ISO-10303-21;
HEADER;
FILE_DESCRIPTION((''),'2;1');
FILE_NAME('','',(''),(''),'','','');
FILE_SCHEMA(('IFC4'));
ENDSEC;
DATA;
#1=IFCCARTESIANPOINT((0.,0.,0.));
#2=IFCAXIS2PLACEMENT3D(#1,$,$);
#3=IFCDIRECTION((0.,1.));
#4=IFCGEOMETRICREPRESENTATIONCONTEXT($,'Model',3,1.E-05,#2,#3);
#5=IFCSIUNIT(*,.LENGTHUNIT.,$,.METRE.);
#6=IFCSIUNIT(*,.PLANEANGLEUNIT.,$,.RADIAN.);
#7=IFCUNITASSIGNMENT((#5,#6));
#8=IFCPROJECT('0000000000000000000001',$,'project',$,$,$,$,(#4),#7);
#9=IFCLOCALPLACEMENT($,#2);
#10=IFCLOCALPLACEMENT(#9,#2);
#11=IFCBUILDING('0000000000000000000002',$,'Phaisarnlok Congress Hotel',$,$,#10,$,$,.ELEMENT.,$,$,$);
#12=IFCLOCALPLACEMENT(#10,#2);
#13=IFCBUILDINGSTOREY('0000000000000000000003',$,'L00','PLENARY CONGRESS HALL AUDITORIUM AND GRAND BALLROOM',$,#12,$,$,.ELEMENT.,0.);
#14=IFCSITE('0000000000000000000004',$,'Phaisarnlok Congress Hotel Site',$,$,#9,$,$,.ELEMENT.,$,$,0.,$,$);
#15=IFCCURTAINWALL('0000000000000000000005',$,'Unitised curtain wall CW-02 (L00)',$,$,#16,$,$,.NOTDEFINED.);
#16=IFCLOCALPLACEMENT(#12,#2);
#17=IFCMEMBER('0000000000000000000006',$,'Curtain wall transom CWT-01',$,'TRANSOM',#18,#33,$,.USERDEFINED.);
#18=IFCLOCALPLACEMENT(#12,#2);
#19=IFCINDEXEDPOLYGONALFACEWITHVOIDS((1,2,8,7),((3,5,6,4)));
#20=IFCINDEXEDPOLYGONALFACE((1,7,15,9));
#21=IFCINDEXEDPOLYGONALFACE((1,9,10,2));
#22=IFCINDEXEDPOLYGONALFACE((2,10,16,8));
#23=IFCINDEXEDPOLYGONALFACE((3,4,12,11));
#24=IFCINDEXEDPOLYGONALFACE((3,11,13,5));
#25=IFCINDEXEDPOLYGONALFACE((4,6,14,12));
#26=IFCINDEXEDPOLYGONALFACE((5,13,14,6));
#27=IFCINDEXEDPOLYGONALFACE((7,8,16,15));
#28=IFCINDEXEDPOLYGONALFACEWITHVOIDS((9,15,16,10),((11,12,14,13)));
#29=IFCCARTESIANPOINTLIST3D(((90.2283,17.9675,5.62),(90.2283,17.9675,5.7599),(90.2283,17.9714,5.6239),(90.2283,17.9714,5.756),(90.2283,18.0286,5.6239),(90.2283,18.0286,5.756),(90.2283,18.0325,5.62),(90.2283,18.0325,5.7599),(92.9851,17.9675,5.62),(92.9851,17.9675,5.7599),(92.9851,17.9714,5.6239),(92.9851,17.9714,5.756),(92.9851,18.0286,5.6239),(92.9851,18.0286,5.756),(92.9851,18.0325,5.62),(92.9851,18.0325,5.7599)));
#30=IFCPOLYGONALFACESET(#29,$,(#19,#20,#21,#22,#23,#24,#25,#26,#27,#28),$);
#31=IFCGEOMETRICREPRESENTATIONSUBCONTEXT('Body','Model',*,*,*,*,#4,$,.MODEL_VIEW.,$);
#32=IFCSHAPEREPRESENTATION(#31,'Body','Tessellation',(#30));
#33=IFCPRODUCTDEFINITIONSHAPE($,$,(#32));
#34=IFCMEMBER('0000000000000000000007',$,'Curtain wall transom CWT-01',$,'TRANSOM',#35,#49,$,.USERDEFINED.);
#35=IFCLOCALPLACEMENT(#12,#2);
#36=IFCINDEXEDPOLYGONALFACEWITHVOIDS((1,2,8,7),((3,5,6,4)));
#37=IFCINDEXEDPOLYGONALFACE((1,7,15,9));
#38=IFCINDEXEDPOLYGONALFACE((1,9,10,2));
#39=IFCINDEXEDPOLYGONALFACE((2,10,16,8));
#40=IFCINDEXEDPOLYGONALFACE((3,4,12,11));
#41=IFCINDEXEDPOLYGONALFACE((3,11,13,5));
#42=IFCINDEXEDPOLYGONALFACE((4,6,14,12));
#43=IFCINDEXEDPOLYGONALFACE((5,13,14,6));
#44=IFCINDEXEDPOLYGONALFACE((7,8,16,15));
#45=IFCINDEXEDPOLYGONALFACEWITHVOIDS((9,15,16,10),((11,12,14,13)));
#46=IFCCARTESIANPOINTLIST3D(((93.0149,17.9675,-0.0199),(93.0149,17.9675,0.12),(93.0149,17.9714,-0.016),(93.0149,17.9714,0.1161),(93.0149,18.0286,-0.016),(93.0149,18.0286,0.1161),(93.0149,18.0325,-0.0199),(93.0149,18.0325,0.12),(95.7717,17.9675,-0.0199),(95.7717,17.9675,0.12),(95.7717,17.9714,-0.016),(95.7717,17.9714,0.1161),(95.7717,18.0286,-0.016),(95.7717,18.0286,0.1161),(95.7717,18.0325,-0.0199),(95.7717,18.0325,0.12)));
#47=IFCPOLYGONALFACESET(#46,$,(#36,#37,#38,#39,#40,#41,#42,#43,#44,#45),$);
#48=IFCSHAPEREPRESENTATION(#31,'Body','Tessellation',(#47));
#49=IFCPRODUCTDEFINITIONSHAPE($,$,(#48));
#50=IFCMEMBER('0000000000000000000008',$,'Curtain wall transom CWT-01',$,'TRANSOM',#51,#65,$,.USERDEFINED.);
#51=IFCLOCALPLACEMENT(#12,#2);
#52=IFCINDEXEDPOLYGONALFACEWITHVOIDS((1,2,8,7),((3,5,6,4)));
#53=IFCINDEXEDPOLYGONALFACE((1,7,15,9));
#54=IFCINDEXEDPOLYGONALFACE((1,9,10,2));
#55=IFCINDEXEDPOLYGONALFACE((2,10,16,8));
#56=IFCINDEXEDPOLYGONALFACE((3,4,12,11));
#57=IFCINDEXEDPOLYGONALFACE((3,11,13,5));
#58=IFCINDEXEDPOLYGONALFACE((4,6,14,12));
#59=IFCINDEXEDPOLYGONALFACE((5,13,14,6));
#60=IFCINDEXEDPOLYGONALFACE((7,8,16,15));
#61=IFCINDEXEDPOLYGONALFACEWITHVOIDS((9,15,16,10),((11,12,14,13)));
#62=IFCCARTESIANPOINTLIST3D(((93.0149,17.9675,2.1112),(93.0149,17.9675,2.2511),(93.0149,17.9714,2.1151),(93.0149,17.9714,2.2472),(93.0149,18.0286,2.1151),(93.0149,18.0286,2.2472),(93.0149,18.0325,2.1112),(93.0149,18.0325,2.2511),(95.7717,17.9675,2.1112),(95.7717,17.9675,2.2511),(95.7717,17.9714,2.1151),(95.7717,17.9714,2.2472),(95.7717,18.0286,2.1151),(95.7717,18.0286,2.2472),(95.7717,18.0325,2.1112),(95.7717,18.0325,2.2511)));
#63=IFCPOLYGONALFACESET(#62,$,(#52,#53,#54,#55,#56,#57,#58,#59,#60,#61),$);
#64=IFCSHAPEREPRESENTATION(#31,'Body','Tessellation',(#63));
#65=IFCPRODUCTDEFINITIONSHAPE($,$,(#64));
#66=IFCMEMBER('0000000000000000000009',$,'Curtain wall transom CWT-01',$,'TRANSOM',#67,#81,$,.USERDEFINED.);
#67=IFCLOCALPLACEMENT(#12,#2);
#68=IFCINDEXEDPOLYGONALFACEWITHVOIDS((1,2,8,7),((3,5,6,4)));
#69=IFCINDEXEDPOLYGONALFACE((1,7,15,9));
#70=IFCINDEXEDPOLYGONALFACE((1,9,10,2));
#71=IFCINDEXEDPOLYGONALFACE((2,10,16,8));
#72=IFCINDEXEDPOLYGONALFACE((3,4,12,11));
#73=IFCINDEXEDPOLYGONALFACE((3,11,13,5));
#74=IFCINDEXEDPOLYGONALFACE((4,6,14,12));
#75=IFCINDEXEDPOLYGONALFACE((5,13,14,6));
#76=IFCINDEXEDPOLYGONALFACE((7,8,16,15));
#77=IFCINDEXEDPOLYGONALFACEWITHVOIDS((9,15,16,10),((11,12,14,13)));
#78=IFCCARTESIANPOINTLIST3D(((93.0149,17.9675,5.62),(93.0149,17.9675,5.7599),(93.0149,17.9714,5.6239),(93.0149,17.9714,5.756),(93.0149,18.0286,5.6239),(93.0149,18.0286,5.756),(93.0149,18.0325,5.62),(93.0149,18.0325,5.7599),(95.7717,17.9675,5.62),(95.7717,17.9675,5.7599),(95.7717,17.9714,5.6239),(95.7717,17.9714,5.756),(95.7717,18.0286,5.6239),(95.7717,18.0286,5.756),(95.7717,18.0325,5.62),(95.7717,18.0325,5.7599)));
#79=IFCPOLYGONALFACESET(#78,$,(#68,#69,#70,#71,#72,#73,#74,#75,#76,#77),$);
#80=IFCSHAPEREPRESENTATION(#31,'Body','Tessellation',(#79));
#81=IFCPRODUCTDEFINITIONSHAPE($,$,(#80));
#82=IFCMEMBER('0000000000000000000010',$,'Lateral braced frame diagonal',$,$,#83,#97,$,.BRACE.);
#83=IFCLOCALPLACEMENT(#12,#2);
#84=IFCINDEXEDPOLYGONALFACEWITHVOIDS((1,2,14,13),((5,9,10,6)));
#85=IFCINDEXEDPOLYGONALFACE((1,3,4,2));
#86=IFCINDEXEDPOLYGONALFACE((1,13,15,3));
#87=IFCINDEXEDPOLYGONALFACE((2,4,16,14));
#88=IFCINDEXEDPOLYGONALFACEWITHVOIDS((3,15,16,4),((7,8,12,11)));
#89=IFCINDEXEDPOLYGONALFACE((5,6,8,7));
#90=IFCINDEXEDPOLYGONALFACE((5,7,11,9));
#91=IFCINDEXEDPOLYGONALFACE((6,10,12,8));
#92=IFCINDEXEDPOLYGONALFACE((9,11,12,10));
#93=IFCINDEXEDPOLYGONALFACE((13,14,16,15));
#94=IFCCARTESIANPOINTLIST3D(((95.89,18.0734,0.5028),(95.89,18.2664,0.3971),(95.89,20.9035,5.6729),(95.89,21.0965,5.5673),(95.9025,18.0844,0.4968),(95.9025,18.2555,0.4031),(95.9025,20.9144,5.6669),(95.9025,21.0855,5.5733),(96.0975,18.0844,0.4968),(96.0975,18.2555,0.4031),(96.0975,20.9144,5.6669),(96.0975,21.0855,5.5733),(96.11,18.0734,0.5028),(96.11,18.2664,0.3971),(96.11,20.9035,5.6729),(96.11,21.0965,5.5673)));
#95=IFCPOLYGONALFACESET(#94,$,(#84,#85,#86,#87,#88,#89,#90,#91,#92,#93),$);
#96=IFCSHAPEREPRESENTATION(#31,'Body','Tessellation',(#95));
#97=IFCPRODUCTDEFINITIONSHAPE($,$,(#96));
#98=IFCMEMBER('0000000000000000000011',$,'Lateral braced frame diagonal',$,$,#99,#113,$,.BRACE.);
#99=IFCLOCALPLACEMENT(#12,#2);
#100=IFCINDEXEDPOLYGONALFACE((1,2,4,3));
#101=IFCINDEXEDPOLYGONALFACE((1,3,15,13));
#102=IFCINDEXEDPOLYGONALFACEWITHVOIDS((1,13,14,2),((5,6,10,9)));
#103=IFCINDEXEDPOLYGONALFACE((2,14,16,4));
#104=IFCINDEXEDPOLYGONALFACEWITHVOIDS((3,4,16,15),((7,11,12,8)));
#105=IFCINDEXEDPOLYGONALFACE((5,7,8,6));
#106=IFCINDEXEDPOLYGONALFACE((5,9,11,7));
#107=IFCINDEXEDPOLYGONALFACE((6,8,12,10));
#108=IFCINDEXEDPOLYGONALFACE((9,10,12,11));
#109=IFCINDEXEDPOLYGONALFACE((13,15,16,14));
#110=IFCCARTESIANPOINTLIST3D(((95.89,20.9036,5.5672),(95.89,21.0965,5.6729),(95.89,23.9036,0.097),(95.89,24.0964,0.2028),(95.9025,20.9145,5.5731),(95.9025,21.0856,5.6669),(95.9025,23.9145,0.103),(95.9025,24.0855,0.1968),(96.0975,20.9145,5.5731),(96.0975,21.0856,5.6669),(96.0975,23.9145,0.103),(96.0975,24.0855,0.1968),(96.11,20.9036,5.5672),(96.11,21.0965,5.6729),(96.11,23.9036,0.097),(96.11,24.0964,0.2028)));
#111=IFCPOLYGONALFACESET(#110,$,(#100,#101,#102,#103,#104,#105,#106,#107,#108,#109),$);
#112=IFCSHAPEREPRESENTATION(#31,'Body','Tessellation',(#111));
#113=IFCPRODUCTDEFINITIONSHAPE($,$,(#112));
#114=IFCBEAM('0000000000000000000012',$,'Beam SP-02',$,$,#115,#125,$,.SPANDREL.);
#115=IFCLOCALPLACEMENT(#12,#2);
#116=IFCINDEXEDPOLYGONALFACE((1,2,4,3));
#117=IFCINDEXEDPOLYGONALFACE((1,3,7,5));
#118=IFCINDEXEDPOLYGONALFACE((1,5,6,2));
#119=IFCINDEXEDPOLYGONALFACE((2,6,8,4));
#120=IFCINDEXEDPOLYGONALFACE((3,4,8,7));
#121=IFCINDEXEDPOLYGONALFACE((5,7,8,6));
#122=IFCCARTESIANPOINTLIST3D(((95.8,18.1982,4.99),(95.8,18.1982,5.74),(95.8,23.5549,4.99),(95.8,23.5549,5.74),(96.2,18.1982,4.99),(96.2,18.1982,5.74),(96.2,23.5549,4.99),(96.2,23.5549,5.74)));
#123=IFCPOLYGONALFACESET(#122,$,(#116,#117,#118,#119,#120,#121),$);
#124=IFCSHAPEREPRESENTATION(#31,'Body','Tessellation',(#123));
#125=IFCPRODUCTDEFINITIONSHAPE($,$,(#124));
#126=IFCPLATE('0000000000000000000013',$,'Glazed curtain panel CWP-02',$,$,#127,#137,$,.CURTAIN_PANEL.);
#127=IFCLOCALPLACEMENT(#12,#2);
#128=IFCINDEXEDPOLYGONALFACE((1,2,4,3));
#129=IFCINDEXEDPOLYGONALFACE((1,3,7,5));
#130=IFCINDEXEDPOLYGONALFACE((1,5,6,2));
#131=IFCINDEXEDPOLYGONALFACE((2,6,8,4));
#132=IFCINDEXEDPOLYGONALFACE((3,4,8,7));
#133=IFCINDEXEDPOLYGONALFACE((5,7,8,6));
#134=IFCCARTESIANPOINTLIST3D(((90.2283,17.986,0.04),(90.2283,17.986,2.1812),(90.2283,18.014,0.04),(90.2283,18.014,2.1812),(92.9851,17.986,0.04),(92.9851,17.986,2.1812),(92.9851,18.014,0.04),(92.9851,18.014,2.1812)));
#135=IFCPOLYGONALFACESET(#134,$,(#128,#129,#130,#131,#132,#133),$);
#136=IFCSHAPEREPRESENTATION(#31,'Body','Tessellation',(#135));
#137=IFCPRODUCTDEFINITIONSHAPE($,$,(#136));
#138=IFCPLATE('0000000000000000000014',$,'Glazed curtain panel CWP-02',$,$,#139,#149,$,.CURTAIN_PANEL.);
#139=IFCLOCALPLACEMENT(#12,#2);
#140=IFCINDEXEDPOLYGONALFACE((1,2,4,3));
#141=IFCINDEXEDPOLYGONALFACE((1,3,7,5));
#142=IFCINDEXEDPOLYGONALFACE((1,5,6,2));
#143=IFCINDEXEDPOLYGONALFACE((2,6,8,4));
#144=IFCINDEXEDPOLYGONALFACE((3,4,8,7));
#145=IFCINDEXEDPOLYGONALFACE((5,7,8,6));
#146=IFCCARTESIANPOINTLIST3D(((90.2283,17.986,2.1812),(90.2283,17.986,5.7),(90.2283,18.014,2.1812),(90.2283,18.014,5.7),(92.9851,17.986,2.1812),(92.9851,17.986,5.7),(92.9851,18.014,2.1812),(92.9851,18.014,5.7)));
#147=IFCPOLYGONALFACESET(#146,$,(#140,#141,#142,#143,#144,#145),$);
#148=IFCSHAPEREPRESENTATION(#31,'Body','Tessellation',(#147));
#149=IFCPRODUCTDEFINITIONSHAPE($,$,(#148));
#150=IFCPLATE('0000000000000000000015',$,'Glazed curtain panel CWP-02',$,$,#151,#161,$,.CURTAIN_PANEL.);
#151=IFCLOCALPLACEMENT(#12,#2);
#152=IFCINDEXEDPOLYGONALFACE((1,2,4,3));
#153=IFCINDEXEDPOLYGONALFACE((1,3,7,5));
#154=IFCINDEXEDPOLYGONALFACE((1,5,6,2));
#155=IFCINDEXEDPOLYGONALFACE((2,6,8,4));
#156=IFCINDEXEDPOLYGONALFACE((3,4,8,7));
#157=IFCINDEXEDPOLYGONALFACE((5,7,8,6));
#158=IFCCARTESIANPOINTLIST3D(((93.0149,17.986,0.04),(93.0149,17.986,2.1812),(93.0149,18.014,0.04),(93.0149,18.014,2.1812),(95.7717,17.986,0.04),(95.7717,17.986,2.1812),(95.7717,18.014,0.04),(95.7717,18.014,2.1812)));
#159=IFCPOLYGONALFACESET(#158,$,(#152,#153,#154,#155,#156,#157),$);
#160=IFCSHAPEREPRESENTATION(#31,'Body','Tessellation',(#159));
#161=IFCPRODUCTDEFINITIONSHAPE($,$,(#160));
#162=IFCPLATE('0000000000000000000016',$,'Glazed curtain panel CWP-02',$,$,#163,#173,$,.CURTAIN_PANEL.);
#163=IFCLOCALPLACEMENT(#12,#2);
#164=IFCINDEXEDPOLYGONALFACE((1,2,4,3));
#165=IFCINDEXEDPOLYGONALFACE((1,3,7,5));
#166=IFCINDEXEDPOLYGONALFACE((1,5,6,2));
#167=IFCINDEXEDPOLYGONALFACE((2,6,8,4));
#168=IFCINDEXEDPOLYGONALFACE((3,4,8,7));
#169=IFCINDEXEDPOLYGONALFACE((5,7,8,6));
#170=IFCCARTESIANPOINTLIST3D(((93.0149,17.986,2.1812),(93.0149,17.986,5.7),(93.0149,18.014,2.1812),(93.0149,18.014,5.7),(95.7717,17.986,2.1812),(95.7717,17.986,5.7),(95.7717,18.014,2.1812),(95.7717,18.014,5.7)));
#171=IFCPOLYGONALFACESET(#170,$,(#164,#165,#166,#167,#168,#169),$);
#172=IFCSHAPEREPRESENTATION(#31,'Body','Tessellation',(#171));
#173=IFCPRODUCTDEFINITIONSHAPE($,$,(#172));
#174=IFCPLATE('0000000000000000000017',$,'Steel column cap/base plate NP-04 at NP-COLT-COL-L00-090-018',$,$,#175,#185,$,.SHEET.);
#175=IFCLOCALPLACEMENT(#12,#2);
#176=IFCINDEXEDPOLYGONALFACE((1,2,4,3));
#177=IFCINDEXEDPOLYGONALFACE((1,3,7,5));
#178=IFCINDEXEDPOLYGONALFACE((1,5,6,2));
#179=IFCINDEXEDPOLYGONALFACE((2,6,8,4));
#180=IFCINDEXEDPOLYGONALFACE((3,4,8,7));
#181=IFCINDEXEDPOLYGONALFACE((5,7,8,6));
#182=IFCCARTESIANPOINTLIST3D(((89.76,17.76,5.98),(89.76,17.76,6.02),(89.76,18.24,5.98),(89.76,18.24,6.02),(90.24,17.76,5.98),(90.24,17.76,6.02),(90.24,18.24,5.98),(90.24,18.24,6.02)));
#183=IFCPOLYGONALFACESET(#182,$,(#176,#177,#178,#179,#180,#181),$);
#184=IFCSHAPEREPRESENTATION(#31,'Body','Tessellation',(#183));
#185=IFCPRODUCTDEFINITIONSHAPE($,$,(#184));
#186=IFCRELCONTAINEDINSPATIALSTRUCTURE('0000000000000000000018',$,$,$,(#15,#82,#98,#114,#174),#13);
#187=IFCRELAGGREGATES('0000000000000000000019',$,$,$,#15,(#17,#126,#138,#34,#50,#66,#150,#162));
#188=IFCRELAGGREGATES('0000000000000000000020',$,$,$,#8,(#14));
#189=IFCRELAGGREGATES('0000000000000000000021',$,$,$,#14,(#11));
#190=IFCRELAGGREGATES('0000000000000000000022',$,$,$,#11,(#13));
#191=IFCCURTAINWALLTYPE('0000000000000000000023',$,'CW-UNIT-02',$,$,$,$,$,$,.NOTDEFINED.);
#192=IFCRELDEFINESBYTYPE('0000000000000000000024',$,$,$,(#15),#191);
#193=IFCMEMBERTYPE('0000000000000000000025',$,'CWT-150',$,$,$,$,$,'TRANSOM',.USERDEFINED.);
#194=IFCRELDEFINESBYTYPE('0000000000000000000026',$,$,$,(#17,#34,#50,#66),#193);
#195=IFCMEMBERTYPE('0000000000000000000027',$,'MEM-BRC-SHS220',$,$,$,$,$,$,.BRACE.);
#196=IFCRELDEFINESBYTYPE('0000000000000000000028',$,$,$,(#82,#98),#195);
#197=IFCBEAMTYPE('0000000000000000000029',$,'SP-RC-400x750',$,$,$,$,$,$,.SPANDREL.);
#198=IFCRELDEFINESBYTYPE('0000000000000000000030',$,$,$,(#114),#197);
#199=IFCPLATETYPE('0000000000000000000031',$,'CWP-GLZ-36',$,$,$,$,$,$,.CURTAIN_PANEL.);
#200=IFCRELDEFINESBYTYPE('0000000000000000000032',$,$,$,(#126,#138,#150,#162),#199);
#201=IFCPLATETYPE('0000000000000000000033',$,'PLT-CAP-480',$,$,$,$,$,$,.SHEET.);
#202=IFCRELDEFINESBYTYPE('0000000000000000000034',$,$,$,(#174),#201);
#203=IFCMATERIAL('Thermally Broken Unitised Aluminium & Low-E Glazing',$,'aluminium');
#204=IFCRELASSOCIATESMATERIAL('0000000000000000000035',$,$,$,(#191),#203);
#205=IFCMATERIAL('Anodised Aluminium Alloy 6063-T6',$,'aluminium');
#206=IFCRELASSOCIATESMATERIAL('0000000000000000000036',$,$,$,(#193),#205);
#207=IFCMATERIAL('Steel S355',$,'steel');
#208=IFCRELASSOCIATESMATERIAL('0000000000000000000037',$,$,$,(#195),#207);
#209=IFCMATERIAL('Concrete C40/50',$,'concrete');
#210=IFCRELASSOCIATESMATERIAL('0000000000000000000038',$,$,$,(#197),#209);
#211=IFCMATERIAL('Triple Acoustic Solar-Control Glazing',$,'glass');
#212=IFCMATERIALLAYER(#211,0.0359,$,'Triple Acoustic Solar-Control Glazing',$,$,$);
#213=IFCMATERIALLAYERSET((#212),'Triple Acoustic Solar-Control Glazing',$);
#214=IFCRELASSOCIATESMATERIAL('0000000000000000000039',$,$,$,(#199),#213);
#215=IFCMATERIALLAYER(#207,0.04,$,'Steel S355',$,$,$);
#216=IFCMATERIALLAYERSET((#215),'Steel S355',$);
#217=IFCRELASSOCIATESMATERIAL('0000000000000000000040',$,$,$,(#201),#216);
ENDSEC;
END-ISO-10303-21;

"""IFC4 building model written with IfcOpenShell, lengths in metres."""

from ifc_helpers import new_model, si_unit, direction, frame, frame_2d, origin, origin_2d, place, context, subcontext, project, spatial, rectangle, hollow_rectangle, extrude, material, layer, layer_set, material_profile, profile_set, type_object, element, aggregate, save


model = new_model("IFC4")

# Units and contexts
model_context = context("Model", 3, precision=1e-05, world=origin(), true_north=direction((0.0, 1.0)))
body_context = subcontext(model_context, "Body", "Model", "MODEL_VIEW")
ifc_project = project(units=[si_unit("LENGTHUNIT", "METRE"), si_unit("PLANEANGLEUNIT", "RADIAN")], contexts=[model_context])

# Site, building, storey
site_placement = place(None, origin())
site = spatial("IfcSite", under=ifc_project, at=site_placement, Name="Phaisarnlok Congress Hotel Site", CompositionType="ELEMENT", RefElevation=0.0)
building_placement = place(site_placement, origin())
building = spatial("IfcBuilding", under=site, at=building_placement, Name="Phaisarnlok Congress Hotel", CompositionType="ELEMENT")
storey_placement = place(building_placement, origin())
storey = spatial("IfcBuildingStorey", under=building, at=storey_placement, Name="L00", Description="PLENARY CONGRESS HALL AUDITORIUM AND GRAND BALLROOM", CompositionType="ELEMENT", Elevation=0.0)

# Shared definitions
ifc_material_1 = material(Name="Steel S355", Category="steel")

# Shared definitions
ifc_material_2 = material(Name="Concrete C40/50", Category="concrete")

# Curtain wall, members
ifc_material_3 = material(Name="Thermally Broken Unitised Aluminium & Low-E Glazing", Category="aluminium")
curtain_wall_type = type_object("IfcCurtainWallType", Name="CW-UNIT-02", PredefinedType="NOTDEFINED", material=ifc_material_3)
curtain_wall_placement = place(storey_placement, origin())
curtain_wall = element("IfcCurtainWall", 1, at=curtain_wall_placement, inside=storey, type_object=curtain_wall_type, Name="Unitised curtain wall CW-02 (L00)", PredefinedType="NOTDEFINED")
ifc_material_4 = material(Name="Anodised Aluminium Alloy 6063-T6", Category="aluminium")
ifc_material_profile_1 = material_profile(ifc_material_4, hollow_rectangle(XDim=0.0649, YDim=0.1399, WallThickness=0.0039, at=origin_2d()), Name="ALU-T 65x140x4")
ifc_profile_set_1 = profile_set([ifc_material_profile_1], Name="Anodised Aluminium Alloy 6063-T6")
member_type_1 = type_object("IfcMemberType", Name="CWT-150", ElementType="TRANSOM", PredefinedType="USERDEFINED", material=ifc_profile_set_1)
member_1_placement = place(storey_placement, frame((90.2283, 18.0, 5.6899), z_axis=(1.0, 0.0, 0.0), x_axis=(0.0, 1.0, 0.0)))
member_1 = element("IfcMember", 2, at=member_1_placement, type_object=member_type_1, Name="Curtain wall transom CWT-01", ObjectType="TRANSOM", PredefinedType="USERDEFINED", context=body_context, shape_type="SweptSolid", body=[
    extrude(hollow_rectangle(XDim=0.0649, YDim=0.1399, WallThickness=0.0039, at=origin_2d()), origin(), (0.0, 0.0, 1.0), 2.7568),
])
member_2_placement = place(storey_placement, frame((93.0149, 18.0, 0.05), z_axis=(1.0, 0.0, 0.0), x_axis=(0.0, 1.0, 0.0)))
member_2 = element("IfcMember", 3, at=member_2_placement, type_object=member_type_1, Name="Curtain wall transom CWT-01", ObjectType="TRANSOM", PredefinedType="USERDEFINED", context=body_context, shape_type="SweptSolid", body=[
    extrude(hollow_rectangle(XDim=0.0649, YDim=0.1399, WallThickness=0.0039, at=origin_2d()), origin(), (0.0, 0.0, 1.0), 2.7568),
])
member_3_placement = place(storey_placement, frame((93.0149, 18.0, 2.1812), z_axis=(1.0, 0.0, 0.0), x_axis=(0.0, 1.0, 0.0)))
member_3 = element("IfcMember", 4, at=member_3_placement, type_object=member_type_1, Name="Curtain wall transom CWT-01", ObjectType="TRANSOM", PredefinedType="USERDEFINED", context=body_context, shape_type="SweptSolid", body=[
    extrude(hollow_rectangle(XDim=0.0649, YDim=0.1399, WallThickness=0.0039, at=origin_2d()), origin(), (0.0, 0.0, 1.0), 2.7568),
])
member_4_placement = place(storey_placement, frame((93.0149, 18.0, 5.6899), z_axis=(1.0, 0.0, 0.0), x_axis=(0.0, 1.0, 0.0)))
member_4 = element("IfcMember", 5, at=member_4_placement, type_object=member_type_1, Name="Curtain wall transom CWT-01", ObjectType="TRANSOM", PredefinedType="USERDEFINED", context=body_context, shape_type="SweptSolid", body=[
    extrude(hollow_rectangle(XDim=0.0649, YDim=0.1399, WallThickness=0.0039, at=origin_2d()), origin(), (0.0, 0.0, 1.0), 2.7568),
])

# Members
ifc_material_profile_2 = material_profile(ifc_material_1, hollow_rectangle(XDim=0.22, YDim=0.22, WallThickness=0.0125, at=origin_2d()), Name="SHS 220x220x12.5")
ifc_profile_set_2 = profile_set([ifc_material_profile_2], Name="Steel S355")
member_type_2 = type_object("IfcMemberType", Name="MEM-BRC-SHS220", PredefinedType="BRACE", material=ifc_profile_set_2)
member_5_placement = place(storey_placement, frame((96.0, 18.1699, 0.45), z_axis=(0.0, 0.480158, 0.877182), x_axis=(-1.0, 0.0, 0.0)))
element("IfcMember", 6, at=member_5_placement, inside=storey, type_object=member_type_2, Name="Lateral braced frame diagonal", PredefinedType="BRACE", context=body_context, shape_type="SweptSolid", body=[
    extrude(hollow_rectangle(XDim=0.22, YDim=0.22, WallThickness=0.0125, at=origin_2d()), origin(), (0.0, 0.0, 1.0), 5.894),
])
member_6_placement = place(storey_placement, frame((96.0, 24.0, 0.1499), z_axis=(0.0, -0.480858, 0.876799), x_axis=(1.0, 0.0, 0.0)))
element("IfcMember", 7, at=member_6_placement, inside=storey, type_object=member_type_2, Name="Lateral braced frame diagonal", PredefinedType="BRACE", context=body_context, shape_type="SweptSolid", body=[
    extrude(hollow_rectangle(XDim=0.22, YDim=0.22, WallThickness=0.0125, at=origin_2d()), origin(), (0.0, 0.0, 1.0), 6.2388),
])

# Beam
ifc_material_profile_3 = material_profile(ifc_material_2, rectangle(XDim=0.3999, YDim=0.75, at=origin_2d()), Name="RC 400x750")
ifc_profile_set_3 = profile_set([ifc_material_profile_3], Name="Concrete C40/50")
beam_type_1 = type_object("IfcBeamType", Name="SP-RC-400x750", PredefinedType="SPANDREL", material=ifc_profile_set_3)
beam_1_placement = place(storey_placement, frame((96.0, 18.1982, 5.365), z_axis=(0.0, 1.0, 0.0), x_axis=(-1.0, 0.0, 0.0)))
element("IfcBeam", 8, at=beam_1_placement, inside=storey, type_object=beam_type_1, Name="Beam SP-02", PredefinedType="SPANDREL", context=body_context, shape_type="SweptSolid", body=[
    extrude(rectangle(XDim=0.3999, YDim=0.75, at=origin_2d()), origin(), (0.0, 0.0, 1.0), 5.3567),
])

# Plates
ifc_material_5 = material(Name="Triple Acoustic Solar-Control Glazing", Category="glass")
ifc_layer_1 = layer(ifc_material_5, 0.0359, Name="Triple Acoustic Solar-Control Glazing")
ifc_layer_set_1 = layer_set([ifc_layer_1], Name="Triple Acoustic Solar-Control Glazing")
plate_type_1 = type_object("IfcPlateType", Name="CWP-GLZ-36", PredefinedType="CURTAIN_PANEL", material=ifc_layer_set_1)
plate_1_placement = place(storey_placement, frame((90.2283, 18.0, 0.04), z_axis=(0.0, 0.0, 1.0), x_axis=(1.0, 0.0, 0.0)))
plate_1 = element("IfcPlate", 9, at=plate_1_placement, type_object=plate_type_1, Name="Glazed curtain panel CWP-02", PredefinedType="CURTAIN_PANEL", context=body_context, shape_type="SweptSolid", body=[
    extrude(rectangle(XDim=2.7568, YDim=0.0281, at=frame_2d((1.3784, 0.0))), origin(), (0.0, 0.0, 1.0), 2.1411),
])
plate_2_placement = place(storey_placement, frame((90.2283, 18.0, 2.1812), z_axis=(0.0, 0.0, 1.0), x_axis=(1.0, 0.0, 0.0)))
plate_2 = element("IfcPlate", 10, at=plate_2_placement, type_object=plate_type_1, Name="Glazed curtain panel CWP-02", PredefinedType="CURTAIN_PANEL", context=body_context, shape_type="SweptSolid", body=[
    extrude(rectangle(XDim=2.7568, YDim=0.0281, at=frame_2d((1.3784, 0.0))), origin(), (0.0, 0.0, 1.0), 3.5188),
])
plate_3_placement = place(storey_placement, frame((93.0149, 18.0, 0.04), z_axis=(0.0, 0.0, 1.0), x_axis=(1.0, 0.0, 0.0)))
plate_3 = element("IfcPlate", 11, at=plate_3_placement, type_object=plate_type_1, Name="Glazed curtain panel CWP-02", PredefinedType="CURTAIN_PANEL", context=body_context, shape_type="SweptSolid", body=[
    extrude(rectangle(XDim=2.7568, YDim=0.0281, at=frame_2d((1.3784, 0.0))), origin(), (0.0, 0.0, 1.0), 2.1411),
])
plate_4_placement = place(storey_placement, frame((93.0149, 18.0, 2.1812), z_axis=(0.0, 0.0, 1.0), x_axis=(1.0, 0.0, 0.0)))
plate_4 = element("IfcPlate", 12, at=plate_4_placement, type_object=plate_type_1, Name="Glazed curtain panel CWP-02", PredefinedType="CURTAIN_PANEL", context=body_context, shape_type="SweptSolid", body=[
    extrude(rectangle(XDim=2.7568, YDim=0.0281, at=frame_2d((1.3784, 0.0))), origin(), (0.0, 0.0, 1.0), 3.5188),
])
aggregate(curtain_wall, [member_1, plate_1, plate_2, member_2, member_3, member_4, plate_3, plate_4])

# Plate
ifc_layer_2 = layer(ifc_material_1, 0.04, Name="Steel S355")
ifc_layer_set_2 = layer_set([ifc_layer_2], Name="Steel S355")
plate_type_2 = type_object("IfcPlateType", Name="PLT-CAP-480", PredefinedType="SHEET", material=ifc_layer_set_2)
for number, where, z_axis, x_axis, name in (
    (13, (90.0, 18.0, 5.98), (0.0, 0.0, 1.0), (1.0, 0.0, 0.0), "Steel column cap/base plate NP-04 at NP-COLT-COL-L00-090-018"),
):
    element("IfcPlate", number, at=place(storey_placement, frame(where, z_axis=z_axis, x_axis=x_axis)), inside=storey, type_object=plate_type_2, Name=name, PredefinedType="SHEET", context=body_context, shape_type="SweptSolid", body=[
        extrude(rectangle(XDim=0.48, YDim=0.48, at=origin_2d()), origin(), (0.0, 0.0, 1.0), 0.04),
    ])

save(model, "model.ifc")
